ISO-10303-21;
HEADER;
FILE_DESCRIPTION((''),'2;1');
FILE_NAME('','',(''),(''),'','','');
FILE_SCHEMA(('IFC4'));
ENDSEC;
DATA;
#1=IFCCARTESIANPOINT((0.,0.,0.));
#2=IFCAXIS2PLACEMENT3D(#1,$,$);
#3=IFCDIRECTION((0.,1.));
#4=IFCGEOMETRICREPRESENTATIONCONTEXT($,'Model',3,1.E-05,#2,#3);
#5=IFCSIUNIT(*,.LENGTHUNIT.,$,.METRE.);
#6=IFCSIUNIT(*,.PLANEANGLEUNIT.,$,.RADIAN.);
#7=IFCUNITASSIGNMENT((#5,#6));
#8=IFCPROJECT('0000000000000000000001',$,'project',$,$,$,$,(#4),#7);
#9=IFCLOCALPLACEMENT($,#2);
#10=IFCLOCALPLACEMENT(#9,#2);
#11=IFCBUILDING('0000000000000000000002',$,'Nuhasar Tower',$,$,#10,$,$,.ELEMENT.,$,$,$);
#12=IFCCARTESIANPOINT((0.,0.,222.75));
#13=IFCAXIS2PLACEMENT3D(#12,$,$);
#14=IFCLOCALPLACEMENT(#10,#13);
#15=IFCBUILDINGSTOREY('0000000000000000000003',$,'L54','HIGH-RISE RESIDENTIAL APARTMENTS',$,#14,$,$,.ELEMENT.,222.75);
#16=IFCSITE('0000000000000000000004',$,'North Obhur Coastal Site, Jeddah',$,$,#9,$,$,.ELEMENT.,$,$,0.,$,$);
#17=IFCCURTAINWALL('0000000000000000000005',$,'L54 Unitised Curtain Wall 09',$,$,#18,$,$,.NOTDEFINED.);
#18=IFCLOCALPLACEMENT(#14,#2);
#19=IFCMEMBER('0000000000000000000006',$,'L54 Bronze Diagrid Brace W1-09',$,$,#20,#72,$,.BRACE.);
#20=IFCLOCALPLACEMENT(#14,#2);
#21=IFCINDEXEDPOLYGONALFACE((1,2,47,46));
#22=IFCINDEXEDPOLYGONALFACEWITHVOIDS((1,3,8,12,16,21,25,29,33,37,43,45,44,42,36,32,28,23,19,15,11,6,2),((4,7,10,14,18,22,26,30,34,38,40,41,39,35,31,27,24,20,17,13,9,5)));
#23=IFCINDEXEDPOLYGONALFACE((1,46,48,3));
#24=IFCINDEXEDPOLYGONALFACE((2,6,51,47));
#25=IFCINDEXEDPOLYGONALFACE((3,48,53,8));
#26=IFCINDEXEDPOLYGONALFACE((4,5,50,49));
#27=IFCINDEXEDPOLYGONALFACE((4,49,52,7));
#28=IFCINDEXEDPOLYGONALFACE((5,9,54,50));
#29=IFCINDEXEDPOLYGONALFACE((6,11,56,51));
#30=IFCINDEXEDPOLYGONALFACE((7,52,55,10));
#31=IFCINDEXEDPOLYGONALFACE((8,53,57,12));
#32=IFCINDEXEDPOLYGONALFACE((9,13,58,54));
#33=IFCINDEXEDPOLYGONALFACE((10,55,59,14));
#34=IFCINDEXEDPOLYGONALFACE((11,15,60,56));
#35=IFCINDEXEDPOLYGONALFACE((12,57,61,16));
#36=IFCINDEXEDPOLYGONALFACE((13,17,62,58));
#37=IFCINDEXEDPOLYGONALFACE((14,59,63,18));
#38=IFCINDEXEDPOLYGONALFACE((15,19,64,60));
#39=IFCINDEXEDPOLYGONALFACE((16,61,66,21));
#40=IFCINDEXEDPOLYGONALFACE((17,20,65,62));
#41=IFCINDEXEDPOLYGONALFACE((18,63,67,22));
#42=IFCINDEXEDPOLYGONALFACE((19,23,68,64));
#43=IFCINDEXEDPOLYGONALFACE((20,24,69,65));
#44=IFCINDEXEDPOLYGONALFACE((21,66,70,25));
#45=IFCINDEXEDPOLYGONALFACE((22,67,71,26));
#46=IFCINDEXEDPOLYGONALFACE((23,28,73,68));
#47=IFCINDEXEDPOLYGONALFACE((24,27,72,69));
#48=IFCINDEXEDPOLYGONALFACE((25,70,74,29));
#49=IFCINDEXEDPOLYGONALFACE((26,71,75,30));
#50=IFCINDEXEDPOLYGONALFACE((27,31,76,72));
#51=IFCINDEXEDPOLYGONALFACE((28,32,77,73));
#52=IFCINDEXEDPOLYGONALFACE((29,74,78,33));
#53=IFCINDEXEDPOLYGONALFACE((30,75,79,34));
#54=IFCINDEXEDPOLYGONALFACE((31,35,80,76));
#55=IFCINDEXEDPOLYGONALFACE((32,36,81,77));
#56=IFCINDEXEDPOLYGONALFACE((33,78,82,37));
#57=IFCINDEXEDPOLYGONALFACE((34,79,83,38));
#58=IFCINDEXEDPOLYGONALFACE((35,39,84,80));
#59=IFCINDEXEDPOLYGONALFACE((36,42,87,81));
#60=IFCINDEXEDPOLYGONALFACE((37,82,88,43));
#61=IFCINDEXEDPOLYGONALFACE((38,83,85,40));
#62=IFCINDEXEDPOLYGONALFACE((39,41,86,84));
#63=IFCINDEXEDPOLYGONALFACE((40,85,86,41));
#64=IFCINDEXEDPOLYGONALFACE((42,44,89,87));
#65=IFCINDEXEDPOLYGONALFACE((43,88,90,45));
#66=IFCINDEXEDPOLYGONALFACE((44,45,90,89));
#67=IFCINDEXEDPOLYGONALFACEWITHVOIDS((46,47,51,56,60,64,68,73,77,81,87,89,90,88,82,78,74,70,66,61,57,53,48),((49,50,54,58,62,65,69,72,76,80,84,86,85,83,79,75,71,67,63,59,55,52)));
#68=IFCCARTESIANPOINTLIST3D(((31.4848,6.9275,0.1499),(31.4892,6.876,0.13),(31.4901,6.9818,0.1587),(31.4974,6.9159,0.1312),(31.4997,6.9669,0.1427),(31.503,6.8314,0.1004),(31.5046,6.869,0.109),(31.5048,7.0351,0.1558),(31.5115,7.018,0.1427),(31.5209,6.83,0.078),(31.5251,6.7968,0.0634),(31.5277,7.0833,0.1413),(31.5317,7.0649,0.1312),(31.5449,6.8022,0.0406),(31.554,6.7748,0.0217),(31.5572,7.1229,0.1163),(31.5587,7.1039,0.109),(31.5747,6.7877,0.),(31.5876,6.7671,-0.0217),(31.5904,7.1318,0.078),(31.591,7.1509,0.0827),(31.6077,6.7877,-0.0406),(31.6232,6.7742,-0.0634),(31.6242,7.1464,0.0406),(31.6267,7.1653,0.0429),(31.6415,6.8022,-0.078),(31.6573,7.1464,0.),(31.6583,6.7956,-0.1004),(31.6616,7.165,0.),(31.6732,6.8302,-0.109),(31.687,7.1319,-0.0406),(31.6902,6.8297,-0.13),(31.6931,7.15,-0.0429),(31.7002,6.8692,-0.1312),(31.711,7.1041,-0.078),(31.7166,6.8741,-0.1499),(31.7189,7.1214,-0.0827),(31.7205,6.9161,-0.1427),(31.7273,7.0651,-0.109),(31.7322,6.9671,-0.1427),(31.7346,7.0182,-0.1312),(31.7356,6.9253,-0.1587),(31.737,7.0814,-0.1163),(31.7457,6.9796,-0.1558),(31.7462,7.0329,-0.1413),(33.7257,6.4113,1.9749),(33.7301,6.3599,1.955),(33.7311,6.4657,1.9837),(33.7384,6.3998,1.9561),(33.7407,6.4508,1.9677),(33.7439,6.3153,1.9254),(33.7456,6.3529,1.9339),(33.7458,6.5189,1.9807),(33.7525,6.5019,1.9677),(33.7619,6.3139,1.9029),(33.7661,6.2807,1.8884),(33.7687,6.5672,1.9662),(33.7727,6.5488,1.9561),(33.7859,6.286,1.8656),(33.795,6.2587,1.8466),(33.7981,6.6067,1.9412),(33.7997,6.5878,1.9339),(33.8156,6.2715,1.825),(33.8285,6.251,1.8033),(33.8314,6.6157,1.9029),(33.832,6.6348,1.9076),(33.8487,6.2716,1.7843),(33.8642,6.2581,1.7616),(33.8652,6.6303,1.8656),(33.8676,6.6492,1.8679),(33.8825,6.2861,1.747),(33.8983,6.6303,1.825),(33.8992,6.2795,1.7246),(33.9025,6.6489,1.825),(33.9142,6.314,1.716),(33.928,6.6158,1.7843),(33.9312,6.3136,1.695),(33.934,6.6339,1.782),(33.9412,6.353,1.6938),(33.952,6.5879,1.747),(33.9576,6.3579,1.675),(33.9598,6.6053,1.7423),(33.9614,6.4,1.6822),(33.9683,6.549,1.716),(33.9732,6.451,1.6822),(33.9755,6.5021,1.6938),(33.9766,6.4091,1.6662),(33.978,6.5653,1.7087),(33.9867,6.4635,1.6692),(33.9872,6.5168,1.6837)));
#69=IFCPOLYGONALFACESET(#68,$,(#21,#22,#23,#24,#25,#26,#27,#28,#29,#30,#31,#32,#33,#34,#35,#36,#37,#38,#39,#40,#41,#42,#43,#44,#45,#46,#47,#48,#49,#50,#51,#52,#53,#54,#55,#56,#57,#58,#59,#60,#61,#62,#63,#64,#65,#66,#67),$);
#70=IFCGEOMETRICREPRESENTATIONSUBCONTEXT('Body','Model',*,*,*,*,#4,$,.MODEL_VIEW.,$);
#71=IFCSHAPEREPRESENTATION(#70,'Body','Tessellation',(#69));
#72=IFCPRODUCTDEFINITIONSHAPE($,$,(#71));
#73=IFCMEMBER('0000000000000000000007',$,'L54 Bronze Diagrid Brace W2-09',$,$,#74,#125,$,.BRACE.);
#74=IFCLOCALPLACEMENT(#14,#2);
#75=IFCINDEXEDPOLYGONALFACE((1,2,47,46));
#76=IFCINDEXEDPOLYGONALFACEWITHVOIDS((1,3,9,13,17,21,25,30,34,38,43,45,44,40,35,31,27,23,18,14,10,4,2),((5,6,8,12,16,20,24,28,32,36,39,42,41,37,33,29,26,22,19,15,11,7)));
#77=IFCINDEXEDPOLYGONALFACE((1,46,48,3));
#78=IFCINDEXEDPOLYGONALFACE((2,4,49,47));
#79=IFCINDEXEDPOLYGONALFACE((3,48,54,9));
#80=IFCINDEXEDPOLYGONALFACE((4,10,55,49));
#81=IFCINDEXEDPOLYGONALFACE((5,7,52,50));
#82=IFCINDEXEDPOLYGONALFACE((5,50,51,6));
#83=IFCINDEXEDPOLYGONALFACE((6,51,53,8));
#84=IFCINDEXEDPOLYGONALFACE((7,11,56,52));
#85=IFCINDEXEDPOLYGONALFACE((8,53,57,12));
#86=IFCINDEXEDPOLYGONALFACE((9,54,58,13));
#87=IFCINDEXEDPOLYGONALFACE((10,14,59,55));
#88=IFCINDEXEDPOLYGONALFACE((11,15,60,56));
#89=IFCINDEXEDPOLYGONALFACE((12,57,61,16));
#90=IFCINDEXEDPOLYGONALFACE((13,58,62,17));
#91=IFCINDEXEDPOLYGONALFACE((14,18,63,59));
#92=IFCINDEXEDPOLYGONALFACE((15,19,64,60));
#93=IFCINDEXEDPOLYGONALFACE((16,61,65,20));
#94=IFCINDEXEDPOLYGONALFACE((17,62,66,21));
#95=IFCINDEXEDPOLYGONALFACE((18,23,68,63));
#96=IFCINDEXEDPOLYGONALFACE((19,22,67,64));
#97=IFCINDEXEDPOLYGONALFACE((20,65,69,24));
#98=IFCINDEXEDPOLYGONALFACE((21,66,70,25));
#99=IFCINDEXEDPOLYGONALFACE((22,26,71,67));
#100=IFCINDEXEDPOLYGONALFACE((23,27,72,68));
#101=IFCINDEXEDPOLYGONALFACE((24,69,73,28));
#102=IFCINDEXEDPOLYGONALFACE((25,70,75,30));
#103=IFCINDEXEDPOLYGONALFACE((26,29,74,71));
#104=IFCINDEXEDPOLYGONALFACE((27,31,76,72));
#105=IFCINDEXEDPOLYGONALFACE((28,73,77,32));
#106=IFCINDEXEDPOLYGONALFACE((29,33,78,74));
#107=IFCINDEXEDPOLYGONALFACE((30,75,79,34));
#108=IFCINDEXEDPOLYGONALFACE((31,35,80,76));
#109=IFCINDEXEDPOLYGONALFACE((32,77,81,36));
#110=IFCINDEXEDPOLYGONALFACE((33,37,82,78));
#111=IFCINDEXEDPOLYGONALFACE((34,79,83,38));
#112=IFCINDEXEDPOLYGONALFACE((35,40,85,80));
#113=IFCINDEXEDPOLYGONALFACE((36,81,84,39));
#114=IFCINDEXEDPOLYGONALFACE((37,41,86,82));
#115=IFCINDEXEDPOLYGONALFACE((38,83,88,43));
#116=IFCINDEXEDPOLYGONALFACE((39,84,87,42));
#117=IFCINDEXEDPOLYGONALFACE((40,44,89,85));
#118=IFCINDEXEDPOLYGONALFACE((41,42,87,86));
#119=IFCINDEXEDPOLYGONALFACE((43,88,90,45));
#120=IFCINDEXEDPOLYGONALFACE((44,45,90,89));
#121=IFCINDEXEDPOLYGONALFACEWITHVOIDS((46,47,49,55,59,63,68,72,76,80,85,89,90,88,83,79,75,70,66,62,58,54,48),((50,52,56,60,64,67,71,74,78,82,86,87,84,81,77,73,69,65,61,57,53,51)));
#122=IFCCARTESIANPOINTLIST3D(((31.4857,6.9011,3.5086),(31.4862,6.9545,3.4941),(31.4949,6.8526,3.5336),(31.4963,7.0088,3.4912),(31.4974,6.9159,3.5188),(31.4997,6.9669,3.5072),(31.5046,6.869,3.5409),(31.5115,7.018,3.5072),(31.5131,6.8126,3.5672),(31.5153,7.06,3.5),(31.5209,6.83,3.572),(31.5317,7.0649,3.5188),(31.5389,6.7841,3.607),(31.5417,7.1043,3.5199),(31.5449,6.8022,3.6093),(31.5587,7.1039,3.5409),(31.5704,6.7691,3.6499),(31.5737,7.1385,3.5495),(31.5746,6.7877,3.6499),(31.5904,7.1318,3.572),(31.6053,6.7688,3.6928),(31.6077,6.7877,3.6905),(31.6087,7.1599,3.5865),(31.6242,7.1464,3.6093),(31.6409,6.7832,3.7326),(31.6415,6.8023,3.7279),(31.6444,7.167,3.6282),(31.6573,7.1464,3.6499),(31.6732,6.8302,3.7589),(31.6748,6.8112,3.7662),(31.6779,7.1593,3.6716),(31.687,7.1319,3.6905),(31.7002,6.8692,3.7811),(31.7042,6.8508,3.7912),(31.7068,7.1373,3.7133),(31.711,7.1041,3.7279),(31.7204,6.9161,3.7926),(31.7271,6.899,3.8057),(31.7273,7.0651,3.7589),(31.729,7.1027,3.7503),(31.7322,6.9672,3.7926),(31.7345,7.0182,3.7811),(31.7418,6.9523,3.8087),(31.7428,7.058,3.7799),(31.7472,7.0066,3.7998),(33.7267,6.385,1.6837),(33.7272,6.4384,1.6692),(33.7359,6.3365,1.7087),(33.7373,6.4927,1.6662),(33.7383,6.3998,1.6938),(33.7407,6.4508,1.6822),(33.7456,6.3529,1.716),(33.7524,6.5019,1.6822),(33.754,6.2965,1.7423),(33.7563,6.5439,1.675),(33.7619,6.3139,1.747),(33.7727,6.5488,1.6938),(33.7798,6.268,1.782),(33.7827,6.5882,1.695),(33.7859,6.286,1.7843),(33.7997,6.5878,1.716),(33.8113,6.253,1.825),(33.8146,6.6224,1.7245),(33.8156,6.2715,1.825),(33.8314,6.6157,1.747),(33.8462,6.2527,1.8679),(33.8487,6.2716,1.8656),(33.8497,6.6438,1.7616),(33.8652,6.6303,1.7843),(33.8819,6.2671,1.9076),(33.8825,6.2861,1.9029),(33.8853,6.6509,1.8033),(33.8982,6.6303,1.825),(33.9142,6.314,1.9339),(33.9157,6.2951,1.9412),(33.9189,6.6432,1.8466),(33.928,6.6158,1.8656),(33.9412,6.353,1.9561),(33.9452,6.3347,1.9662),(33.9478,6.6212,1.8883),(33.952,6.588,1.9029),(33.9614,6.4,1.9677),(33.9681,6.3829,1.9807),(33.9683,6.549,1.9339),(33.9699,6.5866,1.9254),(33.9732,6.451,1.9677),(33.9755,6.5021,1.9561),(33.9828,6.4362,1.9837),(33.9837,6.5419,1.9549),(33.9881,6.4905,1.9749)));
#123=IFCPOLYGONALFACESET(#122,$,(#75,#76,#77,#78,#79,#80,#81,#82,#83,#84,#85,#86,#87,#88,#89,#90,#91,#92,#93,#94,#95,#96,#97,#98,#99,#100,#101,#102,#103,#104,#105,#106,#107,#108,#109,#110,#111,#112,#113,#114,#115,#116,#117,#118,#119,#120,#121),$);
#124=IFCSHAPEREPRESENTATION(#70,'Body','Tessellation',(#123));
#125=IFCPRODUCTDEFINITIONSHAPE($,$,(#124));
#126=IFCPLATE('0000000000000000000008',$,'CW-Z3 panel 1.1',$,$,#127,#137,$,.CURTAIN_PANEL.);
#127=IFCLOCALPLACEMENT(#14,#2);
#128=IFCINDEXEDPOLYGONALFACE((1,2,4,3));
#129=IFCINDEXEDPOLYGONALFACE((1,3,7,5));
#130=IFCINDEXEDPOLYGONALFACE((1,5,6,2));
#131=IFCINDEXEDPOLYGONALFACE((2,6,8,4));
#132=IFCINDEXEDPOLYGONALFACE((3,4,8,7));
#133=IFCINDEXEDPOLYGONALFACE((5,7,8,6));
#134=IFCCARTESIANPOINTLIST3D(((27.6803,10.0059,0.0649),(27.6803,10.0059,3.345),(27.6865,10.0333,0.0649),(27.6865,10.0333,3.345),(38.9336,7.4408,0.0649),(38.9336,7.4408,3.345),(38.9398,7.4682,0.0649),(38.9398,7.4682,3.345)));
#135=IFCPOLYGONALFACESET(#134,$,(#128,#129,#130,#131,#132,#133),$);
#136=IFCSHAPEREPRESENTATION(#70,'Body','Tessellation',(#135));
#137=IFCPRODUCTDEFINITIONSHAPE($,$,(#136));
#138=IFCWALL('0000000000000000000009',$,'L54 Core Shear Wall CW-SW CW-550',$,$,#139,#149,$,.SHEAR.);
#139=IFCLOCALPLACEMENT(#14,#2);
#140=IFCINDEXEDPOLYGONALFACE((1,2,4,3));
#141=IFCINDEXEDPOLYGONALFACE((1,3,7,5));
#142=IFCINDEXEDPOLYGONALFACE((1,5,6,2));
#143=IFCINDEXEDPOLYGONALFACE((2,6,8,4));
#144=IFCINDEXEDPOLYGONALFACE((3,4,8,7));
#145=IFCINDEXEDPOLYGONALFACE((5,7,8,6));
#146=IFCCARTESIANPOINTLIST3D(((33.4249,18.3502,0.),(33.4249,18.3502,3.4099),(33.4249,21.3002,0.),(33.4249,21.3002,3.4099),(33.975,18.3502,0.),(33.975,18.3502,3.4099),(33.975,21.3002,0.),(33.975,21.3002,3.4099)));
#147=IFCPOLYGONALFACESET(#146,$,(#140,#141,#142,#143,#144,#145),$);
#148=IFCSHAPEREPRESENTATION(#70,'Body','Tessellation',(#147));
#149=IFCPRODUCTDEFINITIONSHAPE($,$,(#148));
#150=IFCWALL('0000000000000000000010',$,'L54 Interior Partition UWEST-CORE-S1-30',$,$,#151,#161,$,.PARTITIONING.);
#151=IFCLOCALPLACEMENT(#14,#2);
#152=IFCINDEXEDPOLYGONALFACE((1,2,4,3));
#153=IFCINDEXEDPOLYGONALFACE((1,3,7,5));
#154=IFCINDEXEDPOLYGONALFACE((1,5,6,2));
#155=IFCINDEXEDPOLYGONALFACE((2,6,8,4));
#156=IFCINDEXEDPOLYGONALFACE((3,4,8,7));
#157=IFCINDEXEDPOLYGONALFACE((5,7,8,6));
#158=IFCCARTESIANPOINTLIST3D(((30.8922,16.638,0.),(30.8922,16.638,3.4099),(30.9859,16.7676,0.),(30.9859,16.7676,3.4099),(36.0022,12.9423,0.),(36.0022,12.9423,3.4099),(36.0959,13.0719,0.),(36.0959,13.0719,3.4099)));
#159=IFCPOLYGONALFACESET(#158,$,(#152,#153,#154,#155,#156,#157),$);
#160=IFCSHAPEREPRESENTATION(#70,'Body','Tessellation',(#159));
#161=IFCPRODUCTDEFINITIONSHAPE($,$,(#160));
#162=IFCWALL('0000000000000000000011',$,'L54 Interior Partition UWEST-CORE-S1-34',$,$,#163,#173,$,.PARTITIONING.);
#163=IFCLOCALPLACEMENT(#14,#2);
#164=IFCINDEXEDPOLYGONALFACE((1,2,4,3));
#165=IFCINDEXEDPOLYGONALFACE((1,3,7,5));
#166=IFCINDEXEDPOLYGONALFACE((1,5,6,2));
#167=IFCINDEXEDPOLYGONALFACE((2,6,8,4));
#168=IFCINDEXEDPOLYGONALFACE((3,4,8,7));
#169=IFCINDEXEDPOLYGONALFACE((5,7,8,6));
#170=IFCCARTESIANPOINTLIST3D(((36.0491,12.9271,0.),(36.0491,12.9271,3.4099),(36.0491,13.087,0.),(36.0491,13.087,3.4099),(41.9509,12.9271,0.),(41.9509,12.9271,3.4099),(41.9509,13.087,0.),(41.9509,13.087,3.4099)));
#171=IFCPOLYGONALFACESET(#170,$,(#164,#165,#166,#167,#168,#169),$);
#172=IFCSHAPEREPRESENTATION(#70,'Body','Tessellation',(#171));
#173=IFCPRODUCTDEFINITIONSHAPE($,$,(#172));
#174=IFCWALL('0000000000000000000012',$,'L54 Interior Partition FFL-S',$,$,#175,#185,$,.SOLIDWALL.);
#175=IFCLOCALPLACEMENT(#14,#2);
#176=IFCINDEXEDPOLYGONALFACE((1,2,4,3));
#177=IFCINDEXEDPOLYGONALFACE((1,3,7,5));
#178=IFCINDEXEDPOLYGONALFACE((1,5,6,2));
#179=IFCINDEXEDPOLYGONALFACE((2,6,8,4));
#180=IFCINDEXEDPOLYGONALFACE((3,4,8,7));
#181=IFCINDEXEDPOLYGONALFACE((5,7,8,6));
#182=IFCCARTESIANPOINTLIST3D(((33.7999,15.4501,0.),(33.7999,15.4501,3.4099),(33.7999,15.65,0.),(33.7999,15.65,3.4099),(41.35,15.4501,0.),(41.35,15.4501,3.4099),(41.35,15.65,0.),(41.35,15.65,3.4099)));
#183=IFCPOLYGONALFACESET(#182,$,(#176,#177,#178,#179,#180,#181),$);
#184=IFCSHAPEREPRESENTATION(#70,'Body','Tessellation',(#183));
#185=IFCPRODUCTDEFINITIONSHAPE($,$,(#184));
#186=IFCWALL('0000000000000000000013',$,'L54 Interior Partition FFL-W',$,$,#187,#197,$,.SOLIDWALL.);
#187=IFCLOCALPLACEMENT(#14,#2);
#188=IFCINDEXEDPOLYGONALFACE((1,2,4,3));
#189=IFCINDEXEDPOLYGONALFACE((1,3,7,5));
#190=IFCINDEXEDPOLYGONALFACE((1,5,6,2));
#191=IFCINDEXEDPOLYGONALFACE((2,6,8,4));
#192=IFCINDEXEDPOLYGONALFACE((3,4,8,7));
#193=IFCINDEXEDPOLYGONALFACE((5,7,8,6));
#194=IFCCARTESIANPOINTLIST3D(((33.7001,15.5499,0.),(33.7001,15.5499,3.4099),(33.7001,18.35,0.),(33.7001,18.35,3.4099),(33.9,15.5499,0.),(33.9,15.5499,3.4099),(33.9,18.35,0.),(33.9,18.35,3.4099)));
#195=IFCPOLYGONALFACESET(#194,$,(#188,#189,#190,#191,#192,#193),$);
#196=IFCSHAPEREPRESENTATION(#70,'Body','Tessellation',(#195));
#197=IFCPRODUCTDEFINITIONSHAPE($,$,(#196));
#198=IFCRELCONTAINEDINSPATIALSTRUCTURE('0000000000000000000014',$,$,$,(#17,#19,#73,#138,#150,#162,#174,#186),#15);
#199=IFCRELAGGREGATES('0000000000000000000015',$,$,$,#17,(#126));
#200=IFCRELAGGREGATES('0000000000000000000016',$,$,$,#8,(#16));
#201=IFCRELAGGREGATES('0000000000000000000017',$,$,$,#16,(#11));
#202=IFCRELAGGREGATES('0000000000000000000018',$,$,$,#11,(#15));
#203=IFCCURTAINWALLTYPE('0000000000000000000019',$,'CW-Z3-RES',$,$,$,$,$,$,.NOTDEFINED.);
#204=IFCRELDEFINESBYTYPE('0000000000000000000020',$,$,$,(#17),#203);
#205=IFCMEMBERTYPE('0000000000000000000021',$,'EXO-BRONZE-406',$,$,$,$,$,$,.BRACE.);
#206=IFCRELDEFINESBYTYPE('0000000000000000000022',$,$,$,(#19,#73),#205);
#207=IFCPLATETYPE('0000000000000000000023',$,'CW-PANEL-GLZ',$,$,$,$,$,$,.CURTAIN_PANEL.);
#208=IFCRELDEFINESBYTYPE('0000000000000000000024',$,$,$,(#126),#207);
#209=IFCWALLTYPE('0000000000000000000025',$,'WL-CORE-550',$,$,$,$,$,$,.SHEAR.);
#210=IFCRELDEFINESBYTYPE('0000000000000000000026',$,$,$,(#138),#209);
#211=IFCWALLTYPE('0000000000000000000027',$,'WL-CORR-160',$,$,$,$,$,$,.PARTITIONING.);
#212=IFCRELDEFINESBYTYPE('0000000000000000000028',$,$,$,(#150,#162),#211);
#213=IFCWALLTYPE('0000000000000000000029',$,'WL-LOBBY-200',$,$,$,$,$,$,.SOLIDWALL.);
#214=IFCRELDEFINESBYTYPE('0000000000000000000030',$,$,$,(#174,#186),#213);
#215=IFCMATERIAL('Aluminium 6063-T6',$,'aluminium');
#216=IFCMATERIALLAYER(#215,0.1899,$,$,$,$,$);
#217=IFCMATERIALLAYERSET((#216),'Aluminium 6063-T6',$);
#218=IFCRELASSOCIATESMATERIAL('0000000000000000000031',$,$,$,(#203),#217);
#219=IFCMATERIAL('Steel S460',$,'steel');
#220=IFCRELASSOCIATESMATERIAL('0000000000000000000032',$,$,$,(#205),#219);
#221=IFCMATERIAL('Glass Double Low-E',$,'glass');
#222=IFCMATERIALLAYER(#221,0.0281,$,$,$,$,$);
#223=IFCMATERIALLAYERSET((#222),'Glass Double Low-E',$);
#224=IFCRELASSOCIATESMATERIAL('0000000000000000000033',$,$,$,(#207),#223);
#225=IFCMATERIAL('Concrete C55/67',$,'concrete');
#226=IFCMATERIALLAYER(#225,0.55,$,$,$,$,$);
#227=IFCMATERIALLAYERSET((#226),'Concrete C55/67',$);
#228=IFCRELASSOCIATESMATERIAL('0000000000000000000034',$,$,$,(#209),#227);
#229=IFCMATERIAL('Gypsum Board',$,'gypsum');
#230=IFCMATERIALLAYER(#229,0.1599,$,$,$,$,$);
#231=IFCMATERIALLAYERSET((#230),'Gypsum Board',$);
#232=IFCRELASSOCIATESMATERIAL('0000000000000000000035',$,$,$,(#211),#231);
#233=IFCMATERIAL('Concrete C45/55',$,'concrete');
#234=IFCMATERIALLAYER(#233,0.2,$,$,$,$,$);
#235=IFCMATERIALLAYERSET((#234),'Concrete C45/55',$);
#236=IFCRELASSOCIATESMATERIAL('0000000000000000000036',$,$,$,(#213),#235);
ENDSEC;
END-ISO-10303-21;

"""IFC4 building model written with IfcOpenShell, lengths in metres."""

from ifc_helpers import new_model, si_unit, direction, frame, frame_2d, origin, origin_2d, place, context, subcontext, project, spatial, rectangle, hollow_circle, extrude, material, layer, layer_set, material_profile, profile_set, type_object, element, aggregate, save


model = new_model("IFC4")

# Units and contexts
model_context = context("Model", 3, precision=1e-05, world=origin(), true_north=direction((0.0, 1.0)))
body_context = subcontext(model_context, "Body", "Model", "MODEL_VIEW")
ifc_project = project(units=[si_unit("LENGTHUNIT", "METRE"), si_unit("PLANEANGLEUNIT", "RADIAN")], contexts=[model_context])

# Site, building, storey
site_placement = place(None, origin())
site = spatial("IfcSite", under=ifc_project, at=site_placement, Name="North Obhur Coastal Site, Jeddah", CompositionType="ELEMENT", RefElevation=0.0)
building_placement = place(site_placement, origin())
building = spatial("IfcBuilding", under=site, at=building_placement, Name="Nuhasar Tower", CompositionType="ELEMENT")
storey_placement = place(building_placement, frame((0.0, 0.0, 222.75)))
storey = spatial("IfcBuildingStorey", under=building, at=storey_placement, Name="L54", Description="HIGH-RISE RESIDENTIAL APARTMENTS", CompositionType="ELEMENT", Elevation=222.75)

# Shared definitions
ifc_material_1 = material(Name="Concrete C55/67", Category="concrete")

# Curtain wall
ifc_material_2 = material(Name="Aluminium 6063-T6", Category="aluminium")
ifc_layer_1 = layer(ifc_material_2, 0.1899)
ifc_layer_set_1 = layer_set([ifc_layer_1], Name="Aluminium 6063-T6")
curtain_wall_type = type_object("IfcCurtainWallType", Name="CW-Z3-RES", PredefinedType="NOTDEFINED", material=ifc_layer_set_1)
curtain_wall_placement = place(storey_placement, origin())
curtain_wall = element("IfcCurtainWall", 1, at=curtain_wall_placement, inside=storey, type_object=curtain_wall_type, Name="L54 Unitised Curtain Wall 09", PredefinedType="NOTDEFINED")

# Members
ifc_material_3 = material(Name="Steel S460", Category="steel")
ifc_material_profile_1 = material_profile(ifc_material_3, hollow_circle(Radius=0.2031, WallThickness=0.019, at=origin_2d()), Name="HSS406.4X19.1")
ifc_profile_set_1 = profile_set([ifc_material_profile_1], Name="Steel S460")
member_type_1 = type_object("IfcMemberType", Name="EXO-BRONZE-406", PredefinedType="BRACE", material=ifc_profile_set_1)
for number, where, z_axis, x_axis, name in (
    (2, (31.616, 6.967, 0.0), (0.763332, -0.175802, 0.621626), (0.224433, 0.97449, 0.0), "L54 Bronze Diagrid Brace W1-09"),
    (3, (33.8569, 6.4509, 1.825), (-0.763332, 0.175802, 0.621626), (-0.224433, -0.97449, 0.0), "L54 Bronze Diagrid Brace W2-09"),
):
    element("IfcMember", number, at=place(storey_placement, frame(where, z_axis=z_axis, x_axis=x_axis)), inside=storey, type_object=member_type_1, Name=name, PredefinedType="BRACE", context=body_context, shape_type="SweptSolid", body=[
        extrude(hollow_circle(Radius=0.2031, WallThickness=0.019, at=origin_2d()), origin(), (0.0, 0.0, 1.0), 2.9358),
    ])

# Plate
ifc_material_4 = material(Name="Glass Double Low-E", Category="glass")
ifc_layer_2 = layer(ifc_material_4, 0.0281)
ifc_layer_set_2 = layer_set([ifc_layer_2], Name="Glass Double Low-E")
plate_type = type_object("IfcPlateType", Name="CW-PANEL-GLZ", PredefinedType="CURTAIN_PANEL", material=ifc_layer_set_2)
plate_placement = place(storey_placement, frame((33.3101, 8.7371, 0.0649), z_axis=(0.0, 0.0, 1.0), x_axis=(0.974991, -0.222243, 0.0)))
plate = element("IfcPlate", 4, at=plate_placement, type_object=plate_type, Name="CW-Z3 panel 1.1", PredefinedType="CURTAIN_PANEL", context=body_context, shape_type="SweptSolid", body=[
    extrude(rectangle(XDim=11.542, YDim=0.0281, at=origin_2d()), origin(), (0.0, 0.0, 1.0), 3.28),
])
aggregate(curtain_wall, [plate])

# Walls
ifc_layer_3 = layer(ifc_material_1, 0.55)
ifc_layer_set_3 = layer_set([ifc_layer_3], Name="Concrete C55/67")
wall_type_1 = type_object("IfcWallType", Name="WL-CORE-550", PredefinedType="SHEAR", material=ifc_layer_set_3)
wall_1_placement = place(storey_placement, frame((33.7, 18.3501, 0.0), z_axis=(0.0, 0.0, 1.0), x_axis=(0.0, 1.0, 0.0)))
element("IfcWall", 5, at=wall_1_placement, inside=storey, type_object=wall_type_1, Name="L54 Core Shear Wall CW-SW CW-550", PredefinedType="SHEAR", context=body_context, shape_type="SweptSolid", body=[
    extrude(rectangle(XDim=2.95, YDim=0.55, at=frame_2d((1.4751, 0.0))), origin(), (0.0, 0.0, 1.0), 3.4099),
])
ifc_material_5 = material(Name="Gypsum Board", Category="gypsum")
ifc_layer_4 = layer(ifc_material_5, 0.1599)
ifc_layer_set_4 = layer_set([ifc_layer_4], Name="Gypsum Board")
wall_type_2 = type_object("IfcWallType", Name="WL-CORR-160", PredefinedType="PARTITIONING", material=ifc_layer_set_4)
wall_2_placement = place(storey_placement, frame((30.939, 16.7029, 0.0), z_axis=(0.0, 0.0, 1.0), x_axis=(0.81029, -0.586029, 0.0)))
element("IfcWall", 6, at=wall_2_placement, inside=storey, type_object=wall_type_2, Name="L54 Interior Partition UWEST-CORE-S1-30", PredefinedType="PARTITIONING", context=body_context, shape_type="SweptSolid", body=[
    extrude(rectangle(XDim=6.3064, YDim=0.1599, at=frame_2d((3.1533, 0.0))), origin(), (0.0, 0.0, 1.0), 3.4099),
])
wall_3_placement = place(storey_placement, frame((36.0491, 13.0071, 0.0), z_axis=(0.0, 0.0, 1.0), x_axis=(1.0, 0.0, 0.0)))
element("IfcWall", 7, at=wall_3_placement, inside=storey, type_object=wall_type_2, Name="L54 Interior Partition UWEST-CORE-S1-34", PredefinedType="PARTITIONING", context=body_context, shape_type="SweptSolid", body=[
    extrude(rectangle(XDim=5.9019, YDim=0.1599, at=frame_2d((2.9509, 0.0))), origin(), (0.0, 0.0, 1.0), 3.4099),
])
ifc_material_6 = material(Name="Concrete C45/55", Category="concrete")
ifc_layer_5 = layer(ifc_material_6, 0.2)
ifc_layer_set_5 = layer_set([ifc_layer_5], Name="Concrete C45/55")
wall_type_3 = type_object("IfcWallType", Name="WL-LOBBY-200", PredefinedType="SOLIDWALL", material=ifc_layer_set_5)
wall_4_placement = place(storey_placement, frame((33.8, 15.55, 0.0), z_axis=(0.0, 0.0, 1.0), x_axis=(1.0, 0.0, 0.0)))
element("IfcWall", 8, at=wall_4_placement, inside=storey, type_object=wall_type_3, Name="L54 Interior Partition FFL-S", PredefinedType="SOLIDWALL", context=body_context, shape_type="SweptSolid", body=[
    extrude(rectangle(XDim=7.55, YDim=0.2, at=frame_2d((3.7749, 0.0))), origin(), (0.0, 0.0, 1.0), 3.4099),
])
wall_5_placement = place(storey_placement, frame((33.8, 15.55, 0.0), z_axis=(0.0, 0.0, 1.0), x_axis=(0.0, 1.0, 0.0)))
element("IfcWall", 9, at=wall_5_placement, inside=storey, type_object=wall_type_3, Name="L54 Interior Partition FFL-W", PredefinedType="SOLIDWALL", context=body_context, shape_type="SweptSolid", body=[
    extrude(rectangle(XDim=2.8, YDim=0.2, at=frame_2d((1.3999, 0.0))), origin(), (0.0, 0.0, 1.0), 3.4099),
])

save(model, "model.ifc")
